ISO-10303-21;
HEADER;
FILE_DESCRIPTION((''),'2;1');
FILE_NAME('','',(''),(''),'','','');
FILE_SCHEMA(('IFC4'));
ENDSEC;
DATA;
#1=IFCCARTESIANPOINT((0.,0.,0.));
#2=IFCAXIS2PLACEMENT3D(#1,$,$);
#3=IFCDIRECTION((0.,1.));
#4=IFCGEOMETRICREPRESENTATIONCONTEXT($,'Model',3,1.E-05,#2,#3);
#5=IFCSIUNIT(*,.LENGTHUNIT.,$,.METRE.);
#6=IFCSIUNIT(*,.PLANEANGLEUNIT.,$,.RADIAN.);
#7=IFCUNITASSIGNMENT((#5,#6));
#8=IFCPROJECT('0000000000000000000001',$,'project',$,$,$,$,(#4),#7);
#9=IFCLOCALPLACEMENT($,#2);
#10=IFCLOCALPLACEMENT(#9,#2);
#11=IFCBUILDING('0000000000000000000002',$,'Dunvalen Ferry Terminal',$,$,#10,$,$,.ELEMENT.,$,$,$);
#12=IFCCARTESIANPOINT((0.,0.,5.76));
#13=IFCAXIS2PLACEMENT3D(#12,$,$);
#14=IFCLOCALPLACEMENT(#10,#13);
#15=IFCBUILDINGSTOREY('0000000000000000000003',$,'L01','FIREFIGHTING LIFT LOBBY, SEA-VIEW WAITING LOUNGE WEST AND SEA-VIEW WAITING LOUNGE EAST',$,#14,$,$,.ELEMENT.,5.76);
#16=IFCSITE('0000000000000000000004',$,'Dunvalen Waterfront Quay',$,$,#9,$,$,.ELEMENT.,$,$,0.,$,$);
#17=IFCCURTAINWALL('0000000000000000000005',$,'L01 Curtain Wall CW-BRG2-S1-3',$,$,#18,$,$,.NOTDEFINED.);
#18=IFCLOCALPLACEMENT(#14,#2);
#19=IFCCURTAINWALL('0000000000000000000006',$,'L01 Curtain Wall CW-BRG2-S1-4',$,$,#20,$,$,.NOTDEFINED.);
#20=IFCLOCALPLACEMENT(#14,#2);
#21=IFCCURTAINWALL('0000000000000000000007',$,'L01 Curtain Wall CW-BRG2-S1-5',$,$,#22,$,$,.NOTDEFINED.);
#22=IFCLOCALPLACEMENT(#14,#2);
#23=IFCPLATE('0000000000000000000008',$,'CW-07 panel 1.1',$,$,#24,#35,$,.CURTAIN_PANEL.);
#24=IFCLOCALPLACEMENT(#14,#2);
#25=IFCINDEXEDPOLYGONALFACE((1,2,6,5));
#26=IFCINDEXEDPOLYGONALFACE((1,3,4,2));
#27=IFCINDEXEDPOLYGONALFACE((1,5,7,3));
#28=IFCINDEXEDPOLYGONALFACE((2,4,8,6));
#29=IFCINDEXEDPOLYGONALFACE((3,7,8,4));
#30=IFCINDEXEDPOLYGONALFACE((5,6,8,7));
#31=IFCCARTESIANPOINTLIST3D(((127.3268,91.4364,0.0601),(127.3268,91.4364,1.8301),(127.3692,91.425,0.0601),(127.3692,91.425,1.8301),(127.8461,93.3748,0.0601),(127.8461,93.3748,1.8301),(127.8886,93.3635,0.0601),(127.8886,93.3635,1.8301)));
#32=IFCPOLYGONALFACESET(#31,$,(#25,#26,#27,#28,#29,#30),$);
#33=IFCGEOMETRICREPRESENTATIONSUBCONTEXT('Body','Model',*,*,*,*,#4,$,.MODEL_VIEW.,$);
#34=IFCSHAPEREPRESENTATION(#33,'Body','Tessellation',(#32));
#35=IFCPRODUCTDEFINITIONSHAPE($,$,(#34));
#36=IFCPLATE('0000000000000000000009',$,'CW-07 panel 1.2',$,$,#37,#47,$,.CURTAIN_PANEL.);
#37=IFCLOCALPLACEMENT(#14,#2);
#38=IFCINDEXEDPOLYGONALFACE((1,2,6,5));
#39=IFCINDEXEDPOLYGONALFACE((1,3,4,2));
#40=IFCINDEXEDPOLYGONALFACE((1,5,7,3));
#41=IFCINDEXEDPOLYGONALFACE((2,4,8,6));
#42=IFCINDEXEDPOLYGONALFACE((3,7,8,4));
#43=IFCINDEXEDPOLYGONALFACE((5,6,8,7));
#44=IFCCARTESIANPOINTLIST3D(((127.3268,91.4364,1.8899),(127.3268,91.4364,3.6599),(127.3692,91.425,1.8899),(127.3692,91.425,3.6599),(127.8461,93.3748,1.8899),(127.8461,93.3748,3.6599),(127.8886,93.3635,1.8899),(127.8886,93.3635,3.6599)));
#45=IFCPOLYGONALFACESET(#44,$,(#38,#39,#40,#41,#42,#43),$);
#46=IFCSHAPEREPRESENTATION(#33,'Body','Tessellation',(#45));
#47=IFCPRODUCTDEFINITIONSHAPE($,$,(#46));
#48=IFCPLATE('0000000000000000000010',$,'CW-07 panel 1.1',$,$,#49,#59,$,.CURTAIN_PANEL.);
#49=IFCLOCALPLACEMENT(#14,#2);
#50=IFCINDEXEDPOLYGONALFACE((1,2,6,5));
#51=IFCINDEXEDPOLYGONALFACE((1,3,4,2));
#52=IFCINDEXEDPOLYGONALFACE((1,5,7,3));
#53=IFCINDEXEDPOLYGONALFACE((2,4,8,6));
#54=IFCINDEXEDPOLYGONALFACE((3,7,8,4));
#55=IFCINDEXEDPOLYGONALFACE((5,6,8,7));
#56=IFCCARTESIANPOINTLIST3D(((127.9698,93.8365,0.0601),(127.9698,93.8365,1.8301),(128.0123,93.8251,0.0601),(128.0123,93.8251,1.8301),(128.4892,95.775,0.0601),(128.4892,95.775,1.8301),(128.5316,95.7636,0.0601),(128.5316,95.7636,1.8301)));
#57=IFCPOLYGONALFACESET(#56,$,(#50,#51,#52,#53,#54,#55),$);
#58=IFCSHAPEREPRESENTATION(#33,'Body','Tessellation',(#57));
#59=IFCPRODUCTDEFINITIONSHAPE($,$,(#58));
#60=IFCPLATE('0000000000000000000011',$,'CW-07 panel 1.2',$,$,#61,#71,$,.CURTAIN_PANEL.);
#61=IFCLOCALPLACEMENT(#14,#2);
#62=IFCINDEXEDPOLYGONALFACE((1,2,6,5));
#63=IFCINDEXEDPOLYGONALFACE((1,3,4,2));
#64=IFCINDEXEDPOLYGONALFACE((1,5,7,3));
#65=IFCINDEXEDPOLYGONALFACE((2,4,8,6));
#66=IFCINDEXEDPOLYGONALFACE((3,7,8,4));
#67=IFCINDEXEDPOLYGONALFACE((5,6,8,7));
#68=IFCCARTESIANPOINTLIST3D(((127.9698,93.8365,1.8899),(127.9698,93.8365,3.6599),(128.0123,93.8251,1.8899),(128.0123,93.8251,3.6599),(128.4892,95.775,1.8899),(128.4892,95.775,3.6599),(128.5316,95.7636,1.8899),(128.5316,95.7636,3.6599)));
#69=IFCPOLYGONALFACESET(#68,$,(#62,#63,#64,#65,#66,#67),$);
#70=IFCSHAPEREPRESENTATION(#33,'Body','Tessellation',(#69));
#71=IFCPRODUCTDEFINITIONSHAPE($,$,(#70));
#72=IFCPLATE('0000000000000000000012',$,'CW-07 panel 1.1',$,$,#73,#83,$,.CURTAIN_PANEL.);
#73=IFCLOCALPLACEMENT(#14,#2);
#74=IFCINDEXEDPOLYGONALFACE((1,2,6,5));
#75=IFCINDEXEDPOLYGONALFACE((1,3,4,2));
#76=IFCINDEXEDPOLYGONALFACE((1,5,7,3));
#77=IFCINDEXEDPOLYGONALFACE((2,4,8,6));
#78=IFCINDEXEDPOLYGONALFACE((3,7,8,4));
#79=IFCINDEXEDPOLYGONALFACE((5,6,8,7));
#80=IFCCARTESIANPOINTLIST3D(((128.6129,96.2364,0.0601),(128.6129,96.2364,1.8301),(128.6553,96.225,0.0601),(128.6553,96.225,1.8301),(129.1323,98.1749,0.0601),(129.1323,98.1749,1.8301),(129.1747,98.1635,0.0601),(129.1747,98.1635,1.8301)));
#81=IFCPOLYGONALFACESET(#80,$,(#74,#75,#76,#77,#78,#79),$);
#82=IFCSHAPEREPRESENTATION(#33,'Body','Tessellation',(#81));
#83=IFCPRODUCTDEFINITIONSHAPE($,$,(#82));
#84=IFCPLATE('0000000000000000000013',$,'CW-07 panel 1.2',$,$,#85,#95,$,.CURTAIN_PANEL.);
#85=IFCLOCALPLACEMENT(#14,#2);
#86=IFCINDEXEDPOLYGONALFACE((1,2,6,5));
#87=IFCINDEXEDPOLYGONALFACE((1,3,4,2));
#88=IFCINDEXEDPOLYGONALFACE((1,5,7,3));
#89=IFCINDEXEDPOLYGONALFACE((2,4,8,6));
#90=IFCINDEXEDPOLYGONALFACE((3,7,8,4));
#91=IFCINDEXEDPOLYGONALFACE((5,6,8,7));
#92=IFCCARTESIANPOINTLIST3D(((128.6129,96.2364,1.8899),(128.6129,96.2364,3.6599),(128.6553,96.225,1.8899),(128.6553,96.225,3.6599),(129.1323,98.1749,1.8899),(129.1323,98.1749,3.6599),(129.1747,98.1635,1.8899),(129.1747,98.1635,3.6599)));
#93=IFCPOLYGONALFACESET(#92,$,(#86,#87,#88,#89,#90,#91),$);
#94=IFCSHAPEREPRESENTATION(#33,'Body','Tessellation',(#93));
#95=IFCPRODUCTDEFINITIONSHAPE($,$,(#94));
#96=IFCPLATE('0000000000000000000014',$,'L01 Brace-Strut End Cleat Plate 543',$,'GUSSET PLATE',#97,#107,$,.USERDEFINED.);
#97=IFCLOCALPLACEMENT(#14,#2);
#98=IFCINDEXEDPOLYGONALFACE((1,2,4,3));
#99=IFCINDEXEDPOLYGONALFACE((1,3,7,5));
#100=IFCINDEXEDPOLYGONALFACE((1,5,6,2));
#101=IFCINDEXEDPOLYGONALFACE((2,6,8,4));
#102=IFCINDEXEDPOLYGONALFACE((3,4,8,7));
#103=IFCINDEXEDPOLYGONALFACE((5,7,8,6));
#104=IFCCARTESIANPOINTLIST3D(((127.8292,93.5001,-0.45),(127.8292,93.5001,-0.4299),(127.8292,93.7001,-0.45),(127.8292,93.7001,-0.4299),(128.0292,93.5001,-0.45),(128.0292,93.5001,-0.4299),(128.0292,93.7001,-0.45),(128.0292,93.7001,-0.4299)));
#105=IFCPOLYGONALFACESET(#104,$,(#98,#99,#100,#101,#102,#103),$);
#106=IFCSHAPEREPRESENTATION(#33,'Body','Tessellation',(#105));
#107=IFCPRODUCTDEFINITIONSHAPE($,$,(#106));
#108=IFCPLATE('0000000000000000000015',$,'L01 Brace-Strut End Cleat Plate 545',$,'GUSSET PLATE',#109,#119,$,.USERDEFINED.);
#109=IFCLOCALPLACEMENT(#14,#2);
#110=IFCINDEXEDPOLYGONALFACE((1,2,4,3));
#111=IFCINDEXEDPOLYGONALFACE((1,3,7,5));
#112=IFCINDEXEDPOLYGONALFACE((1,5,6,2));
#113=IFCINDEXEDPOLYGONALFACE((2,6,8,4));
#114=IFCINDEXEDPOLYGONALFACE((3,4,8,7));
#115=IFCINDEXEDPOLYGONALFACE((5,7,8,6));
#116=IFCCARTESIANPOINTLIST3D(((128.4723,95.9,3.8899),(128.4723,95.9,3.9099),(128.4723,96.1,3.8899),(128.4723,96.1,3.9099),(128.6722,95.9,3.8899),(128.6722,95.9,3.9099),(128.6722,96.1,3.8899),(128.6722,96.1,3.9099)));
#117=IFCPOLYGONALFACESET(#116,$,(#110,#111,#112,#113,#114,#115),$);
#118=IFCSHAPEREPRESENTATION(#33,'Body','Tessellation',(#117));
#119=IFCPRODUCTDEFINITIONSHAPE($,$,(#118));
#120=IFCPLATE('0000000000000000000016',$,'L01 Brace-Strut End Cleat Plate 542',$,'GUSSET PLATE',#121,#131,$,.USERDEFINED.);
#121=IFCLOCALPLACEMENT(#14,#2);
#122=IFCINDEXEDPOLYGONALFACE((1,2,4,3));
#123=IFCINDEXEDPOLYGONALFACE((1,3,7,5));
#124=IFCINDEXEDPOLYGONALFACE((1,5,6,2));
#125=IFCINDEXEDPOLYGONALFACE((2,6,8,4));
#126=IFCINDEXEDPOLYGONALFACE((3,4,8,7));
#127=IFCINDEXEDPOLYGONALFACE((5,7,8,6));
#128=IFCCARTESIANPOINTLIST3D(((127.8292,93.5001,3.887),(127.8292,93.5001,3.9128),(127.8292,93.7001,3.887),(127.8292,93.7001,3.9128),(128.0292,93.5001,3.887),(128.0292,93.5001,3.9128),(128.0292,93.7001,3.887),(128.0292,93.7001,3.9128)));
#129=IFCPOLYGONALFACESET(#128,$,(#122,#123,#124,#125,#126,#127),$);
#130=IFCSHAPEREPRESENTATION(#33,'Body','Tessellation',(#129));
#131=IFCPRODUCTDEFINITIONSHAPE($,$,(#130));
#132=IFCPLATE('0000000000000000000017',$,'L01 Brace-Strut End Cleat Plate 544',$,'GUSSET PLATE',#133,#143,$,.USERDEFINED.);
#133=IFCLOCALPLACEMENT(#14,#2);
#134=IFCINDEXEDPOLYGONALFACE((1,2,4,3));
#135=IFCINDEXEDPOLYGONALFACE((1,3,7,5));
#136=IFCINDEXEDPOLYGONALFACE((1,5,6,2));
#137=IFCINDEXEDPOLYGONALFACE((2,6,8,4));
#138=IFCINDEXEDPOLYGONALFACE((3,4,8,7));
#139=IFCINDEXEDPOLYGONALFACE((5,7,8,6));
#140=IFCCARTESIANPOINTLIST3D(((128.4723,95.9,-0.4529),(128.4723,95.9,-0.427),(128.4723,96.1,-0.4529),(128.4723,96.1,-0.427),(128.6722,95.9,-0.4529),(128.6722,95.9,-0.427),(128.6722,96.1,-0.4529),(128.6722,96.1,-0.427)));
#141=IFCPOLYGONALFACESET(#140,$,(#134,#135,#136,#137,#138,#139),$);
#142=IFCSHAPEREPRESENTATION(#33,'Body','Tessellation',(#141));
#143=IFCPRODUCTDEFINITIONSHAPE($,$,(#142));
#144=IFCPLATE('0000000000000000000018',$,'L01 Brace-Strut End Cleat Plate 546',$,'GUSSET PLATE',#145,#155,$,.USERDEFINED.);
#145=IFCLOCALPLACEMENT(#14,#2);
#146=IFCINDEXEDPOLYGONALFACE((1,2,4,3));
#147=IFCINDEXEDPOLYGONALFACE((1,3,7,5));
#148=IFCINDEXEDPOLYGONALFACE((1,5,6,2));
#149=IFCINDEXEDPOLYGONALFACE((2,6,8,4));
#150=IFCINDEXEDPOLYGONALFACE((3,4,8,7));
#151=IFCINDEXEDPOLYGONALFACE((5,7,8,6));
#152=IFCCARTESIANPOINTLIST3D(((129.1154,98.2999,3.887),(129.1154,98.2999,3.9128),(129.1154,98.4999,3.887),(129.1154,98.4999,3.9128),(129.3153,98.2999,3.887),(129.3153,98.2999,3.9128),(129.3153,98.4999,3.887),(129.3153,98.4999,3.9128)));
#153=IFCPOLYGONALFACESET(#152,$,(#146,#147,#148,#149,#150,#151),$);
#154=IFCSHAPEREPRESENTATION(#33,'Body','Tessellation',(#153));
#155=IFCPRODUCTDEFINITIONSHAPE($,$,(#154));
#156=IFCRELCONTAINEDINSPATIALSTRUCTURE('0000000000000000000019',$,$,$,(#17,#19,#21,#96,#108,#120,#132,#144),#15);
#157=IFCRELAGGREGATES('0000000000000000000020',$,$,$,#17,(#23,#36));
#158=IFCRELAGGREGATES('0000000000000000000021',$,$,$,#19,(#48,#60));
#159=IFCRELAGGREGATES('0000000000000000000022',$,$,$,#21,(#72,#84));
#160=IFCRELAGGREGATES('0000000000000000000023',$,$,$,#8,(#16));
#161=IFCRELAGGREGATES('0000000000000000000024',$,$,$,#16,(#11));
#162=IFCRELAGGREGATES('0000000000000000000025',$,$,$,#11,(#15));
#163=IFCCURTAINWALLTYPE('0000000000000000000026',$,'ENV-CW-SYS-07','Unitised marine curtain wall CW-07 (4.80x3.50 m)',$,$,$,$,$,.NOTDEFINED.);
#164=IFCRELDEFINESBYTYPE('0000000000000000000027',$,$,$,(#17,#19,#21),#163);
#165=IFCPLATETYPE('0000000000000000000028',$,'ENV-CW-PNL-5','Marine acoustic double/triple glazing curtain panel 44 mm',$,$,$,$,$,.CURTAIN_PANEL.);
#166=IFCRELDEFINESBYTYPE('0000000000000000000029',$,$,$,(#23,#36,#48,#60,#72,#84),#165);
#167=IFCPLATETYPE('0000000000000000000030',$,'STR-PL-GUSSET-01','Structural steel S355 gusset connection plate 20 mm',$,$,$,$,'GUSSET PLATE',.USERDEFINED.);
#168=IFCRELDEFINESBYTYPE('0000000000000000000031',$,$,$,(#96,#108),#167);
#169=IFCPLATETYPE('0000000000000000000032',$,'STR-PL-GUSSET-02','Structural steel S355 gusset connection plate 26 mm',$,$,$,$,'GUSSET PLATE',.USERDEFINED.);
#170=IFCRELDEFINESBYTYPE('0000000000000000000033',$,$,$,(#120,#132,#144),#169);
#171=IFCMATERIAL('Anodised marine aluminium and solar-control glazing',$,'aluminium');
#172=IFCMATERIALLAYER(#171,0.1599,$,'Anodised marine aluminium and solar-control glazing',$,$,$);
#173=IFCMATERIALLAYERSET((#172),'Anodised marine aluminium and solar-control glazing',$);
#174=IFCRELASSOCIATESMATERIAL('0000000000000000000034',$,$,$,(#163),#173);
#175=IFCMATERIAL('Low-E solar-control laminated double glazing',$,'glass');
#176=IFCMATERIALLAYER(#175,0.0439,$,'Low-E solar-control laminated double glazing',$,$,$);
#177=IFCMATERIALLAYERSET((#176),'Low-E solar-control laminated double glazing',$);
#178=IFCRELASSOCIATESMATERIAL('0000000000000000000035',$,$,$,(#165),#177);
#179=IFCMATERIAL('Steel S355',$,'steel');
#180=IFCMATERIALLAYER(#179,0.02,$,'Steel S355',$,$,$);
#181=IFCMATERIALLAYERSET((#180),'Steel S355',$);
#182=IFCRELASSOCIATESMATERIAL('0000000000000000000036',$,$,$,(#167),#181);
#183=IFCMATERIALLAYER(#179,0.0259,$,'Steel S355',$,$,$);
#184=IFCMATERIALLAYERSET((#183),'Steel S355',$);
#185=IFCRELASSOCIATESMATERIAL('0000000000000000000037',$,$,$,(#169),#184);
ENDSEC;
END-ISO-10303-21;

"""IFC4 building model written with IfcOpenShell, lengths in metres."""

from ifc_helpers import new_model, si_unit, direction, frame, origin, origin_2d, place, context, subcontext, project, spatial, rectangle, extrude, material, layer, layer_set, type_object, element, aggregate, save


model = new_model("IFC4")

# Units and contexts
model_context = context("Model", 3, precision=1e-05, world=origin(), true_north=direction((0.0, 1.0)))
body_context = subcontext(model_context, "Body", "Model", "MODEL_VIEW")
ifc_project = project(units=[si_unit("LENGTHUNIT", "METRE"), si_unit("PLANEANGLEUNIT", "RADIAN")], contexts=[model_context])

# Site, building, storey
site_placement = place(None, origin())
site = spatial("IfcSite", under=ifc_project, at=site_placement, Name="Dunvalen Waterfront Quay", CompositionType="ELEMENT", RefElevation=0.0)
building_placement = place(site_placement, origin())
building = spatial("IfcBuilding", under=site, at=building_placement, Name="Dunvalen Ferry Terminal", CompositionType="ELEMENT")
storey_placement = place(building_placement, frame((0.0, 0.0, 5.76)))
storey = spatial("IfcBuildingStorey", under=building, at=storey_placement, Name="L01", Description="FIREFIGHTING LIFT LOBBY, SEA-VIEW WAITING LOUNGE WEST AND SEA-VIEW WAITING LOUNGE EAST", CompositionType="ELEMENT", Elevation=5.76)

# Curtain wall
ifc_material_1 = material(Name="Anodised marine aluminium and solar-control glazing", Category="aluminium")
ifc_layer_1 = layer(ifc_material_1, 0.1599, Name="Anodised marine aluminium and solar-control glazing")
ifc_layer_set_1 = layer_set([ifc_layer_1], Name="Anodised marine aluminium and solar-control glazing")
curtain_wall_type = type_object("IfcCurtainWallType", Name="ENV-CW-SYS-07", Description="Unitised marine curtain wall CW-07 (4.80x3.50 m)", PredefinedType="NOTDEFINED", material=ifc_layer_set_1)
curtain_wall_1_placement = place(storey_placement, origin())
curtain_wall_1 = element("IfcCurtainWall", 1, at=curtain_wall_1_placement, inside=storey, type_object=curtain_wall_type, Name="L01 Curtain Wall CW-BRG2-S1-3", PredefinedType="NOTDEFINED")

# Curtain walls
curtain_wall_2_placement = place(storey_placement, origin())
curtain_wall_2 = element("IfcCurtainWall", 2, at=curtain_wall_2_placement, inside=storey, type_object=curtain_wall_type, Name="L01 Curtain Wall CW-BRG2-S1-4", PredefinedType="NOTDEFINED")
curtain_wall_3_placement = place(storey_placement, origin())
curtain_wall_3 = element("IfcCurtainWall", 3, at=curtain_wall_3_placement, inside=storey, type_object=curtain_wall_type, Name="L01 Curtain Wall CW-BRG2-S1-5", PredefinedType="NOTDEFINED")

# Shared definitions
ifc_material_2 = material(Name="Steel S355", Category="steel")

# Plates
ifc_material_3 = material(Name="Low-E solar-control laminated double glazing", Category="glass")
ifc_layer_2 = layer(ifc_material_3, 0.0439, Name="Low-E solar-control laminated double glazing")
ifc_layer_set_2 = layer_set([ifc_layer_2], Name="Low-E solar-control laminated double glazing")
plate_type_1 = type_object("IfcPlateType", Name="ENV-CW-PNL-5", Description="Marine acoustic double/triple glazing curtain panel 44 mm", PredefinedType="CURTAIN_PANEL", material=ifc_layer_set_2)
plate_1_placement = place(storey_placement, frame((127.6077, 92.3999, 0.0601), z_axis=(0.0, 0.0, 1.0), x_axis=(0.258786, 0.965935, 0.0)))
plate_1 = element("IfcPlate", 4, at=plate_1_placement, type_object=plate_type_1, Name="CW-07 panel 1.1", PredefinedType="CURTAIN_PANEL", context=body_context, shape_type="SweptSolid", body=[
    extrude(rectangle(XDim=2.0068, YDim=0.0439, at=origin_2d()), origin(), (0.0, 0.0, 1.0), 1.77),
])
plate_2_placement = place(storey_placement, frame((127.6077, 92.3999, 1.8899), z_axis=(0.0, 0.0, 1.0), x_axis=(0.258786, 0.965935, 0.0)))
plate_2 = element("IfcPlate", 5, at=plate_2_placement, type_object=plate_type_1, Name="CW-07 panel 1.2", PredefinedType="CURTAIN_PANEL", context=body_context, shape_type="SweptSolid", body=[
    extrude(rectangle(XDim=2.0068, YDim=0.0439, at=origin_2d()), origin(), (0.0, 0.0, 1.0), 1.77),
])
aggregate(curtain_wall_1, [plate_1, plate_2])
plate_3_placement = place(storey_placement, frame((128.2507, 94.8, 0.0601), z_axis=(0.0, 0.0, 1.0), x_axis=(0.258786, 0.965935, 0.0)))
plate_3 = element("IfcPlate", 6, at=plate_3_placement, type_object=plate_type_1, Name="CW-07 panel 1.1", PredefinedType="CURTAIN_PANEL", context=body_context, shape_type="SweptSolid", body=[
    extrude(rectangle(XDim=2.0068, YDim=0.0439, at=origin_2d()), origin(), (0.0, 0.0, 1.0), 1.77),
])
plate_4_placement = place(storey_placement, frame((128.2507, 94.8, 1.8899), z_axis=(0.0, 0.0, 1.0), x_axis=(0.258786, 0.965935, 0.0)))
plate_4 = element("IfcPlate", 7, at=plate_4_placement, type_object=plate_type_1, Name="CW-07 panel 1.2", PredefinedType="CURTAIN_PANEL", context=body_context, shape_type="SweptSolid", body=[
    extrude(rectangle(XDim=2.0068, YDim=0.0439, at=origin_2d()), origin(), (0.0, 0.0, 1.0), 1.77),
])
aggregate(curtain_wall_2, [plate_3, plate_4])
plate_5_placement = place(storey_placement, frame((128.8938, 97.2, 0.0601), z_axis=(0.0, 0.0, 1.0), x_axis=(0.25883, 0.965923, 0.0)))
plate_5 = element("IfcPlate", 8, at=plate_5_placement, type_object=plate_type_1, Name="CW-07 panel 1.1", PredefinedType="CURTAIN_PANEL", context=body_context, shape_type="SweptSolid", body=[
    extrude(rectangle(XDim=2.0068, YDim=0.0439, at=origin_2d()), origin(), (0.0, 0.0, 1.0), 1.77),
])
plate_6_placement = place(storey_placement, frame((128.8938, 97.2, 1.8899), z_axis=(0.0, 0.0, 1.0), x_axis=(0.25883, 0.965923, 0.0)))
plate_6 = element("IfcPlate", 9, at=plate_6_placement, type_object=plate_type_1, Name="CW-07 panel 1.2", PredefinedType="CURTAIN_PANEL", context=body_context, shape_type="SweptSolid", body=[
    extrude(rectangle(XDim=2.0068, YDim=0.0439, at=origin_2d()), origin(), (0.0, 0.0, 1.0), 1.77),
])
aggregate(curtain_wall_3, [plate_5, plate_6])

# Plates
ifc_layer_3 = layer(ifc_material_2, 0.02, Name="Steel S355")
ifc_layer_set_3 = layer_set([ifc_layer_3], Name="Steel S355")
plate_type_2 = type_object("IfcPlateType", Name="STR-PL-GUSSET-01", Description="Structural steel S355 gusset connection plate 20 mm", ElementType="GUSSET PLATE", PredefinedType="USERDEFINED", material=ifc_layer_set_3)
for number, where, z_axis, x_axis, name in (
    (10, (127.9292, 93.6001, -0.45), (0.0, 0.0, 1.0), (1.0, 0.0, 0.0), "L01 Brace-Strut End Cleat Plate 543"),
    (11, (128.5723, 96.0, 3.8899), (0.0, 0.0, 1.0), (1.0, 0.0, 0.0), "L01 Brace-Strut End Cleat Plate 545"),
):
    element("IfcPlate", number, at=place(storey_placement, frame(where, z_axis=z_axis, x_axis=x_axis)), inside=storey, type_object=plate_type_2, Name=name, ObjectType="GUSSET PLATE", PredefinedType="USERDEFINED", context=body_context, shape_type="SweptSolid", body=[
        extrude(rectangle(XDim=0.2, YDim=0.2, at=origin_2d()), origin(), (0.0, 0.0, 1.0), 0.02),
    ])
ifc_layer_4 = layer(ifc_material_2, 0.0259, Name="Steel S355")
ifc_layer_set_4 = layer_set([ifc_layer_4], Name="Steel S355")
plate_type_3 = type_object("IfcPlateType", Name="STR-PL-GUSSET-02", Description="Structural steel S355 gusset connection plate 26 mm", ElementType="GUSSET PLATE", PredefinedType="USERDEFINED", material=ifc_layer_set_4)
for number, where, z_axis, x_axis, name in (
    (12, (127.9292, 93.6001, 3.887), (0.0, 0.0, 1.0), (1.0, 0.0, 0.0), "L01 Brace-Strut End Cleat Plate 542"),
    (13, (128.5723, 96.0, -0.4529), (0.0, 0.0, 1.0), (1.0, 0.0, 0.0), "L01 Brace-Strut End Cleat Plate 544"),
    (14, (129.2153, 98.3999, 3.887), (0.0, 0.0, 1.0), (1.0, 0.0, 0.0), "L01 Brace-Strut End Cleat Plate 546"),
):
    element("IfcPlate", number, at=place(storey_placement, frame(where, z_axis=z_axis, x_axis=x_axis)), inside=storey, type_object=plate_type_3, Name=name, ObjectType="GUSSET PLATE", PredefinedType="USERDEFINED", context=body_context, shape_type="SweptSolid", body=[
        extrude(rectangle(XDim=0.2, YDim=0.2, at=origin_2d()), origin(), (0.0, 0.0, 1.0), 0.0259),
    ])

save(model, "model.ifc")
